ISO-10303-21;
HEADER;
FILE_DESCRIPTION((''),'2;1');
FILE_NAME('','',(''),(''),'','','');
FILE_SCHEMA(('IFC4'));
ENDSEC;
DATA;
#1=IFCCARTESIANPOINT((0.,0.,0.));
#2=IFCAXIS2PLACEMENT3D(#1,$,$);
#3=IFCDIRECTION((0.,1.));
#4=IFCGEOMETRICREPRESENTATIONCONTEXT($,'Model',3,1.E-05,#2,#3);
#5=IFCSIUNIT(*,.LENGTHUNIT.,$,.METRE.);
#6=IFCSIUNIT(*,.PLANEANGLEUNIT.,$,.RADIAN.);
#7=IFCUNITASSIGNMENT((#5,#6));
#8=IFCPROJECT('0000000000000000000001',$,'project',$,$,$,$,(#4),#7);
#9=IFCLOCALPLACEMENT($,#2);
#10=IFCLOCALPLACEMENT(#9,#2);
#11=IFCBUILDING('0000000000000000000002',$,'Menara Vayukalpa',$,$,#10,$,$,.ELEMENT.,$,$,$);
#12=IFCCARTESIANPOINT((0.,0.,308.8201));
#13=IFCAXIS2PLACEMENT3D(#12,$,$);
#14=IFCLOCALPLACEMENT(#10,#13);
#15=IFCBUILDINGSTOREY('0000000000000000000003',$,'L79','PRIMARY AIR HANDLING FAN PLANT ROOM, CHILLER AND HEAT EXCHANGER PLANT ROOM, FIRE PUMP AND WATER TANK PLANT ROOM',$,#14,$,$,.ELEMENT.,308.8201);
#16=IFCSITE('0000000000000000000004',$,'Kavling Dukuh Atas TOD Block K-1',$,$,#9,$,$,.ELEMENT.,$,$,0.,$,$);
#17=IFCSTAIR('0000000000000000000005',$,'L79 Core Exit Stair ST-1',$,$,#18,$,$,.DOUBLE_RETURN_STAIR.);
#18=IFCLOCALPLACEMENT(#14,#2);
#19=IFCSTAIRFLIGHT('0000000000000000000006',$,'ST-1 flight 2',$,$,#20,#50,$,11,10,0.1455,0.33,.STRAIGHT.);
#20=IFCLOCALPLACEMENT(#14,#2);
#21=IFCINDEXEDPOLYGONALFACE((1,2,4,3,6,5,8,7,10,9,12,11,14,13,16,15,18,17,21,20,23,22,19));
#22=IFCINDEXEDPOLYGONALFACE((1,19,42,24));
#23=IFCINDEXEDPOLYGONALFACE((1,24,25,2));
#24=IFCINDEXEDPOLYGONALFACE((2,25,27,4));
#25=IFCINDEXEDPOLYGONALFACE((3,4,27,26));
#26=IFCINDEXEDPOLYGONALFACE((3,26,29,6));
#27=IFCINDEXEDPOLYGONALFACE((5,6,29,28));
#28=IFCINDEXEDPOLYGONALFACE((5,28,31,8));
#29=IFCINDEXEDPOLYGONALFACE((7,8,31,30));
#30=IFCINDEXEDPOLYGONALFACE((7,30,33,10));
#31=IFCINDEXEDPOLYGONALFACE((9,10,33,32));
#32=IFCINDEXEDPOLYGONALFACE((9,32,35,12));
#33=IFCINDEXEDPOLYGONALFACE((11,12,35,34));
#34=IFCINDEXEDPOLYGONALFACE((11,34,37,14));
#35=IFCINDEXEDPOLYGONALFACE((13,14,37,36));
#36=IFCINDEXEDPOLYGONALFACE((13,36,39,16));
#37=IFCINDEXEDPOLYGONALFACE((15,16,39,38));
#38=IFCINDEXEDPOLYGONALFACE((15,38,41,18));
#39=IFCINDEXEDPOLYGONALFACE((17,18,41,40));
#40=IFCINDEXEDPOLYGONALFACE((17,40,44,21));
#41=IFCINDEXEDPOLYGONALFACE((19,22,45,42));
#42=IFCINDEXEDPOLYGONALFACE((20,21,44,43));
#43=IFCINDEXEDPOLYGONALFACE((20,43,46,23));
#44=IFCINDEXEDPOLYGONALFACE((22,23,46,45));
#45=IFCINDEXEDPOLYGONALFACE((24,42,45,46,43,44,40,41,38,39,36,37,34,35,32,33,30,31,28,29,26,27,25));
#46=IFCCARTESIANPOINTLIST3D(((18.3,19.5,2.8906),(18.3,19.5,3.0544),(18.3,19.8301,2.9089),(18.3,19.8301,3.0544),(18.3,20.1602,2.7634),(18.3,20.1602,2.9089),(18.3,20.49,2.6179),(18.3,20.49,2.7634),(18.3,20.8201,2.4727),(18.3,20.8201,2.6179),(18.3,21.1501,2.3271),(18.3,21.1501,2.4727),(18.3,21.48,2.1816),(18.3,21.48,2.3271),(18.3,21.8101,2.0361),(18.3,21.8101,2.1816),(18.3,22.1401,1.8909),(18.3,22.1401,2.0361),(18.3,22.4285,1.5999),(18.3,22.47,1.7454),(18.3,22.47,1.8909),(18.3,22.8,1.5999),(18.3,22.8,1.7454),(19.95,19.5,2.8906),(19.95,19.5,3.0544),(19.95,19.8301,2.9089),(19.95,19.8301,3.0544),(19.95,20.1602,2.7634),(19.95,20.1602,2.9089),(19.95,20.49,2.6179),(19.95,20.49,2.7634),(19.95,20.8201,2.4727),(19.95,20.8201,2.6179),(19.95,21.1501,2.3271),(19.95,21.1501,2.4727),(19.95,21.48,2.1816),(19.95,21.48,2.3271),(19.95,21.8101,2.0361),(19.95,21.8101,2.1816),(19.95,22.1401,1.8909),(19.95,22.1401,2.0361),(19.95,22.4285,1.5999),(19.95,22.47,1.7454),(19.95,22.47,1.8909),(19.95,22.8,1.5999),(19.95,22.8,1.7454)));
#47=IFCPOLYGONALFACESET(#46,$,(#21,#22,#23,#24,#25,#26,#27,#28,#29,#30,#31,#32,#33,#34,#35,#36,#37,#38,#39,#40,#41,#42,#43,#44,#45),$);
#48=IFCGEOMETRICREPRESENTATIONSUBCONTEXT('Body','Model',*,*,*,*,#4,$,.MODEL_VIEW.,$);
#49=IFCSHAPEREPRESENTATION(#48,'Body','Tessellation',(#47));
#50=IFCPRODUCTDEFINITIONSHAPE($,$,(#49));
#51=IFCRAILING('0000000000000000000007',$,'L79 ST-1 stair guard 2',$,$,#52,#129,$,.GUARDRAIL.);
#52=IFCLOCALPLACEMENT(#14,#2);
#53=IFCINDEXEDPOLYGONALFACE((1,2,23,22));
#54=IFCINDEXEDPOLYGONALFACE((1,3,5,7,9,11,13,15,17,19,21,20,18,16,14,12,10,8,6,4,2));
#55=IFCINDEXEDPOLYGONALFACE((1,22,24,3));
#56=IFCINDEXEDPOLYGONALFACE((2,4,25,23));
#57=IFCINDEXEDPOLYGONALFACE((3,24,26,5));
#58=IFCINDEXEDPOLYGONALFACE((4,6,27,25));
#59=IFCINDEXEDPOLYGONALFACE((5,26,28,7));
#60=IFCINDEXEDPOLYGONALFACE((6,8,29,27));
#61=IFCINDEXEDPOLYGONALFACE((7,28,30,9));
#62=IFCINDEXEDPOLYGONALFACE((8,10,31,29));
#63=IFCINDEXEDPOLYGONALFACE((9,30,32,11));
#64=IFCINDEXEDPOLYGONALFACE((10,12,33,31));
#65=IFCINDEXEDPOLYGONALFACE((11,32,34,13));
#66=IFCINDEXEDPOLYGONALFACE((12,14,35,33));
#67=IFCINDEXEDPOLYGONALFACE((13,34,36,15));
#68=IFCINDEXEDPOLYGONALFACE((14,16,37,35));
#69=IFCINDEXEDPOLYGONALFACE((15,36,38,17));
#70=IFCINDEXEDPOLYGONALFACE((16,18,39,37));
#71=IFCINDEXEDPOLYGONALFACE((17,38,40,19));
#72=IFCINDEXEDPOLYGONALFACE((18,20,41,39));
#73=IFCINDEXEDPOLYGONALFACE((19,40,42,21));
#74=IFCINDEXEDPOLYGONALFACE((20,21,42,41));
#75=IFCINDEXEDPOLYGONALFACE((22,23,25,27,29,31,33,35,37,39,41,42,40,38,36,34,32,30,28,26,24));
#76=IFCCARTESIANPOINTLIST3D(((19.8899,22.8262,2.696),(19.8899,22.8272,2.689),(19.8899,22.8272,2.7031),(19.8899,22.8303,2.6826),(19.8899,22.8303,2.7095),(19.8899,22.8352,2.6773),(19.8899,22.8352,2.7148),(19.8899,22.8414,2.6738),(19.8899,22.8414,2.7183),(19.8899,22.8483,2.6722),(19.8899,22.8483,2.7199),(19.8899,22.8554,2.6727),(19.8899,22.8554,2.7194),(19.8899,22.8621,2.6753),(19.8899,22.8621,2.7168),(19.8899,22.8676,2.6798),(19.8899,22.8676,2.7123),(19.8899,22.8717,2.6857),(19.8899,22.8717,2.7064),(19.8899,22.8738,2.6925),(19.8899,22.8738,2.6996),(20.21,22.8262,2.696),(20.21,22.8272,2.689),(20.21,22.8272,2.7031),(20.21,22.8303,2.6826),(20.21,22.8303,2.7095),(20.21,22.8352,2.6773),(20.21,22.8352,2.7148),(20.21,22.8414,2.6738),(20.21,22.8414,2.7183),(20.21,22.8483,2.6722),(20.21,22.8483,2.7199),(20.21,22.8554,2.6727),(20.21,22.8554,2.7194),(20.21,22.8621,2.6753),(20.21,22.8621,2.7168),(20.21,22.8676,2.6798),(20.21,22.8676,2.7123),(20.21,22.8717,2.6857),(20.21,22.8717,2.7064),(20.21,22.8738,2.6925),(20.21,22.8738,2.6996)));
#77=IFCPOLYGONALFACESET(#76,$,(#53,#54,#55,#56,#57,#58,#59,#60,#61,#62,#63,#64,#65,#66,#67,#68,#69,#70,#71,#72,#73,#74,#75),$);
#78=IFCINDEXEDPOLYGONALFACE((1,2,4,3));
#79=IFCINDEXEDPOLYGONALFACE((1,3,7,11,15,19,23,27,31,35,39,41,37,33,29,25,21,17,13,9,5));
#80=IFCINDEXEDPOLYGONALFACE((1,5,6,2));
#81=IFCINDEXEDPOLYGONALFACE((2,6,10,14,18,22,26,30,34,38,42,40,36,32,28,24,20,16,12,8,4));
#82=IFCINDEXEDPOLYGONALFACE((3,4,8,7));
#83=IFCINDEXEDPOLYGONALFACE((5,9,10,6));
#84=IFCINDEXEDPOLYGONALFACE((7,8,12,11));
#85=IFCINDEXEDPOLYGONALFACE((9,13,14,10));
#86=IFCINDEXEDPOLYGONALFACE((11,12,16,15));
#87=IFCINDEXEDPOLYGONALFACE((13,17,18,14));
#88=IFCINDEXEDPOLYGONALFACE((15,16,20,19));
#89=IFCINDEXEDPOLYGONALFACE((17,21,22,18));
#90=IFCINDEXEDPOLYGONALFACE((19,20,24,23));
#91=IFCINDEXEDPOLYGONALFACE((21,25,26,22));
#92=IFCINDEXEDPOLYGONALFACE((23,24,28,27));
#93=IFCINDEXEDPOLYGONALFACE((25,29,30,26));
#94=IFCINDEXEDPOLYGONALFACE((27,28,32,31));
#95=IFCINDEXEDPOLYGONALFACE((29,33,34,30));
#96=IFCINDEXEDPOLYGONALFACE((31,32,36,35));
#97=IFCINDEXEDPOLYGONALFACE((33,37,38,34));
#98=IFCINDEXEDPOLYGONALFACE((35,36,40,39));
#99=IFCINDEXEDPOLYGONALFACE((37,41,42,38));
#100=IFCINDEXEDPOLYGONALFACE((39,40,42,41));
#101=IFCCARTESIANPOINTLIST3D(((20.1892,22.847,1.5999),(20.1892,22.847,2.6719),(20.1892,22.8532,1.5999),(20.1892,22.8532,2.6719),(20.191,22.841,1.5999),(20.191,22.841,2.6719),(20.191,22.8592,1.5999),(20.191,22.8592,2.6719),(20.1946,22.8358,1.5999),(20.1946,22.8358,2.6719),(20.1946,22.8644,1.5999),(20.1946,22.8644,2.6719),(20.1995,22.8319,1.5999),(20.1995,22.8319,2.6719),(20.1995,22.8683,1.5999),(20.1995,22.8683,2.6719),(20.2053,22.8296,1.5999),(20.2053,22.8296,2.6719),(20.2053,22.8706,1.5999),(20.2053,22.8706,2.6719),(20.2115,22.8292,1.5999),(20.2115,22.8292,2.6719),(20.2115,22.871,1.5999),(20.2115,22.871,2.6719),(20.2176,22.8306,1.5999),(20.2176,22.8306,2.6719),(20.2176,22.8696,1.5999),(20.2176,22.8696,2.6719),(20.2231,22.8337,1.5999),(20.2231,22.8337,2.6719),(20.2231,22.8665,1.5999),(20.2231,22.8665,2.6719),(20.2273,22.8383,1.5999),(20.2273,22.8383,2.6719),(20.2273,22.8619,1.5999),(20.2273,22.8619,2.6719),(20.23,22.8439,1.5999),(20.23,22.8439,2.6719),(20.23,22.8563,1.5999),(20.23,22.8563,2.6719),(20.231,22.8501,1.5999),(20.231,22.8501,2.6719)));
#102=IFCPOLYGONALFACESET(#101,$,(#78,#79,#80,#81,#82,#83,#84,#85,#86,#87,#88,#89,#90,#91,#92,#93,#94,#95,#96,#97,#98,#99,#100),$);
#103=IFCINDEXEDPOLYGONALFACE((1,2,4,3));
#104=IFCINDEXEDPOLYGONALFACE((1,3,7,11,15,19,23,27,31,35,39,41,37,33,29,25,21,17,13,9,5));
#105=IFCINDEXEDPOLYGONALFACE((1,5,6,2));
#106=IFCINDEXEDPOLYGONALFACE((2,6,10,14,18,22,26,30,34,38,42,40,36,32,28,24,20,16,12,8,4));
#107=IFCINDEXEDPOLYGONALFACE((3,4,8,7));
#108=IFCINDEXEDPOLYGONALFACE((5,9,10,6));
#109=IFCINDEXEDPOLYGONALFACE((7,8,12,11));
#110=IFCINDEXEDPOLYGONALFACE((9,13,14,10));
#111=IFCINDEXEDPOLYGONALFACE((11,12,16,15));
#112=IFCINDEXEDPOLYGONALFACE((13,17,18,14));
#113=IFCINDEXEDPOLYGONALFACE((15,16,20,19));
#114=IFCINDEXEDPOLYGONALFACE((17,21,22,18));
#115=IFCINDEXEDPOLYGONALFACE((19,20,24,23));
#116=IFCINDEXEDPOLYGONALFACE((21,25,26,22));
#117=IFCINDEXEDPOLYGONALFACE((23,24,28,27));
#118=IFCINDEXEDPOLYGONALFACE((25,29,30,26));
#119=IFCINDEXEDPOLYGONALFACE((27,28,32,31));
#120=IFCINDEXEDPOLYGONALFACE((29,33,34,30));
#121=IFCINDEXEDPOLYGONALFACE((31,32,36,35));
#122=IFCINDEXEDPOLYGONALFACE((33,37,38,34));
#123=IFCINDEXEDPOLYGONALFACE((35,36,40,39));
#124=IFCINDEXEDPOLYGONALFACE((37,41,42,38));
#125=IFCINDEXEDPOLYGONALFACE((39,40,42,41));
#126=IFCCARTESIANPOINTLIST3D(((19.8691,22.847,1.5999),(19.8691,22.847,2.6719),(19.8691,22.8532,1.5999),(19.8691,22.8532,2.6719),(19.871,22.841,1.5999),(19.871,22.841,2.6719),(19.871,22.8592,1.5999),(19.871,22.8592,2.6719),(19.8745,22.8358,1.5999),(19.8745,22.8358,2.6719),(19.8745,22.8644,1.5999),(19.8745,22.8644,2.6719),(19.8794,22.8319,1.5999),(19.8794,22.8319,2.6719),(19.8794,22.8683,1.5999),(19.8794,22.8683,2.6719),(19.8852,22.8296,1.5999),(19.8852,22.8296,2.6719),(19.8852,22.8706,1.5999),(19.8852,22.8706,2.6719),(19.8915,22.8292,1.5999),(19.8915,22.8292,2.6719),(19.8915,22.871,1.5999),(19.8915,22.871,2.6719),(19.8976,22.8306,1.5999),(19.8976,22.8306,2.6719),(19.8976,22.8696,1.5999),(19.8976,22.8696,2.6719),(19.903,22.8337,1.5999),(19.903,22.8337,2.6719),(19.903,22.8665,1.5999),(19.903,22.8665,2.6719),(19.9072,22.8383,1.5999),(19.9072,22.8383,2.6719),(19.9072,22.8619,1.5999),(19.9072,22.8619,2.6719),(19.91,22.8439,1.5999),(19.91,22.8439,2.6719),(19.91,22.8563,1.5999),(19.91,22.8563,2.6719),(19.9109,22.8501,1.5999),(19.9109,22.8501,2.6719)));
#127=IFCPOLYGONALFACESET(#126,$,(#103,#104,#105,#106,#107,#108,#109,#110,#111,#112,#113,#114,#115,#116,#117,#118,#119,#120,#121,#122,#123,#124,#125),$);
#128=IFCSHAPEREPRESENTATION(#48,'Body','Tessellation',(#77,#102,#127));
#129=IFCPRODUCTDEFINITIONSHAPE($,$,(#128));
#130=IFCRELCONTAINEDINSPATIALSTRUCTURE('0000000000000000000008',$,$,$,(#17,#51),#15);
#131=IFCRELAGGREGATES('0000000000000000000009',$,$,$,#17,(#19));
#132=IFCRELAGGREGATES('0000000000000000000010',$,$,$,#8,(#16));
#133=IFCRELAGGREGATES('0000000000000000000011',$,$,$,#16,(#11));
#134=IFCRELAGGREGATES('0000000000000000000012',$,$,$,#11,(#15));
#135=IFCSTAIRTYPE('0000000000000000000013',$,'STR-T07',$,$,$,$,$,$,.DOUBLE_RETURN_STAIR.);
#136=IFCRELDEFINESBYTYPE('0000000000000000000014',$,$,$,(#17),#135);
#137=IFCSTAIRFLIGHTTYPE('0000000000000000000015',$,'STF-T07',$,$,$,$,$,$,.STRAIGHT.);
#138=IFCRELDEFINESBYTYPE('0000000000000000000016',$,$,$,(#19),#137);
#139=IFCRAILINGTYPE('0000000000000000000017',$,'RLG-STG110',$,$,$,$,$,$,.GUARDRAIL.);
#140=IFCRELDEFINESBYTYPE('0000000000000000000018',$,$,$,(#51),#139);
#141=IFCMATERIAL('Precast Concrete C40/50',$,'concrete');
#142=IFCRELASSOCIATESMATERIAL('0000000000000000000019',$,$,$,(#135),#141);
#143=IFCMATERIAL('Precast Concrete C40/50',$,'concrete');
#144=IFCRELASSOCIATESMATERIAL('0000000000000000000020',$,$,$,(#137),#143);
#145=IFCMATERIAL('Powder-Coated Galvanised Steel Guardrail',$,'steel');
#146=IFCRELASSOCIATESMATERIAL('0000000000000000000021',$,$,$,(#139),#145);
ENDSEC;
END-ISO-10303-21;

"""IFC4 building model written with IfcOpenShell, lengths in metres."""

from ifc_helpers import new_model, si_unit, direction, frame, origin, origin_2d, place, context, subcontext, project, spatial, polyline, circle, outline, extrude, material, type_object, element, aggregate, save


model = new_model("IFC4")

# Units and contexts
model_context = context("Model", 3, precision=1e-05, world=origin(), true_north=direction((0.0, 1.0)))
body_context = subcontext(model_context, "Body", "Model", "MODEL_VIEW")
ifc_project = project(units=[si_unit("LENGTHUNIT", "METRE"), si_unit("PLANEANGLEUNIT", "RADIAN")], contexts=[model_context])

# Site, building, storey
site_placement = place(None, origin())
site = spatial("IfcSite", under=ifc_project, at=site_placement, Name="Kavling Dukuh Atas TOD Block K-1", CompositionType="ELEMENT", RefElevation=0.0)
building_placement = place(site_placement, origin())
building = spatial("IfcBuilding", under=site, at=building_placement, Name="Menara Vayukalpa", CompositionType="ELEMENT")
storey_placement = place(building_placement, frame((0.0, 0.0, 308.8201)))
storey = spatial("IfcBuildingStorey", under=building, at=storey_placement, Name="L79", Description="PRIMARY AIR HANDLING FAN PLANT ROOM, CHILLER AND HEAT EXCHANGER PLANT ROOM, FIRE PUMP AND WATER TANK PLANT ROOM", CompositionType="ELEMENT", Elevation=308.8201)

# Stair, stair flight
ifc_material_1 = material(Name="Precast Concrete C40/50", Category="concrete")
stair_type = type_object("IfcStairType", Name="STR-T07", PredefinedType="DOUBLE_RETURN_STAIR", material=ifc_material_1)
stair_placement = place(storey_placement, origin())
stair = element("IfcStair", 1, at=stair_placement, inside=storey, type_object=stair_type, Name="L79 Core Exit Stair ST-1", PredefinedType="DOUBLE_RETURN_STAIR")
ifc_material_2 = material(Name="Precast Concrete C40/50", Category="concrete")
stair_flight_type = type_object("IfcStairFlightType", Name="STF-T07", PredefinedType="STRAIGHT", material=ifc_material_2)
stair_flight_1_placement = place(storey_placement, frame((19.125, 22.8, 1.5999), z_axis=(0.0, 0.0, 1.0), x_axis=(0.0, -1.0, 0.0)))
stair_flight_1 = element("IfcStairFlight", 2, at=stair_flight_1_placement, type_object=stair_flight_type, Name="ST-1 flight 2", NumberOfRisers=11, NumberOfTreads=10, PredefinedType="STRAIGHT", RiserHeight=0.1455, TreadLength=0.33, context=body_context, shape_type="SweptSolid", body=[
    extrude(outline(polyline([(0.0, 0.0), (0.0, 0.1455), (0.3301, 0.1455), (0.3301, 0.291), (0.6599, 0.291), (0.6599, 0.4363), (0.99, 0.4363), (0.99, 0.5818), (1.3201, 0.5818), (1.3201, 0.7273), (1.6499, 0.7273), (1.6499, 0.8728), (1.98, 0.8728), (1.98, 1.0181), (2.3101, 1.0181), (2.3101, 1.1636), (2.6399, 1.1636), (2.6399, 1.3091), (2.97, 1.3091), (2.97, 1.4546), (3.3, 1.4546), (3.3, 1.6001), (3.3, 1.2908), (0.3716, 0.0), (0.0, 0.0)])), frame((0.0, 0.825, 0.0), z_axis=(0.0, -1.0, 0.0), x_axis=(1.0, 0.0, 0.0)), (0.0, 0.0, 1.0), 1.6499),
])
aggregate(stair, [stair_flight_1])

# Railing
ifc_material_3 = material(Name="Powder-Coated Galvanised Steel Guardrail", Category="steel")
railing_type_1 = type_object("IfcRailingType", Name="RLG-STG110", PredefinedType="GUARDRAIL", material=ifc_material_3)
railing_1_placement = place(storey_placement, frame((20.21, 22.8501, 1.5999)))
element("IfcRailing", 3, at=railing_1_placement, inside=storey, type_object=railing_type_1, Name="L79 ST-1 stair guard 2", PredefinedType="GUARDRAIL", context=body_context, shape_type="SweptSolid", body=[
    extrude(circle(Radius=0.0239, at=origin_2d()), frame((0.0, 0.0, 1.0962), z_axis=(-1.0, 0.0, 0.0), x_axis=(0.0, -1.0, 0.0)), (0.0, 0.0, 1.0), 0.3201),
    extrude(circle(Radius=0.021, at=origin_2d()), origin(), (0.0, 0.0, 1.0), 1.072),
    extrude(circle(Radius=0.021, at=origin_2d()), frame((-0.3201, 0.0, 0.0)), (0.0, 0.0, 1.0), 1.072),
])

save(model, "model.ifc")
